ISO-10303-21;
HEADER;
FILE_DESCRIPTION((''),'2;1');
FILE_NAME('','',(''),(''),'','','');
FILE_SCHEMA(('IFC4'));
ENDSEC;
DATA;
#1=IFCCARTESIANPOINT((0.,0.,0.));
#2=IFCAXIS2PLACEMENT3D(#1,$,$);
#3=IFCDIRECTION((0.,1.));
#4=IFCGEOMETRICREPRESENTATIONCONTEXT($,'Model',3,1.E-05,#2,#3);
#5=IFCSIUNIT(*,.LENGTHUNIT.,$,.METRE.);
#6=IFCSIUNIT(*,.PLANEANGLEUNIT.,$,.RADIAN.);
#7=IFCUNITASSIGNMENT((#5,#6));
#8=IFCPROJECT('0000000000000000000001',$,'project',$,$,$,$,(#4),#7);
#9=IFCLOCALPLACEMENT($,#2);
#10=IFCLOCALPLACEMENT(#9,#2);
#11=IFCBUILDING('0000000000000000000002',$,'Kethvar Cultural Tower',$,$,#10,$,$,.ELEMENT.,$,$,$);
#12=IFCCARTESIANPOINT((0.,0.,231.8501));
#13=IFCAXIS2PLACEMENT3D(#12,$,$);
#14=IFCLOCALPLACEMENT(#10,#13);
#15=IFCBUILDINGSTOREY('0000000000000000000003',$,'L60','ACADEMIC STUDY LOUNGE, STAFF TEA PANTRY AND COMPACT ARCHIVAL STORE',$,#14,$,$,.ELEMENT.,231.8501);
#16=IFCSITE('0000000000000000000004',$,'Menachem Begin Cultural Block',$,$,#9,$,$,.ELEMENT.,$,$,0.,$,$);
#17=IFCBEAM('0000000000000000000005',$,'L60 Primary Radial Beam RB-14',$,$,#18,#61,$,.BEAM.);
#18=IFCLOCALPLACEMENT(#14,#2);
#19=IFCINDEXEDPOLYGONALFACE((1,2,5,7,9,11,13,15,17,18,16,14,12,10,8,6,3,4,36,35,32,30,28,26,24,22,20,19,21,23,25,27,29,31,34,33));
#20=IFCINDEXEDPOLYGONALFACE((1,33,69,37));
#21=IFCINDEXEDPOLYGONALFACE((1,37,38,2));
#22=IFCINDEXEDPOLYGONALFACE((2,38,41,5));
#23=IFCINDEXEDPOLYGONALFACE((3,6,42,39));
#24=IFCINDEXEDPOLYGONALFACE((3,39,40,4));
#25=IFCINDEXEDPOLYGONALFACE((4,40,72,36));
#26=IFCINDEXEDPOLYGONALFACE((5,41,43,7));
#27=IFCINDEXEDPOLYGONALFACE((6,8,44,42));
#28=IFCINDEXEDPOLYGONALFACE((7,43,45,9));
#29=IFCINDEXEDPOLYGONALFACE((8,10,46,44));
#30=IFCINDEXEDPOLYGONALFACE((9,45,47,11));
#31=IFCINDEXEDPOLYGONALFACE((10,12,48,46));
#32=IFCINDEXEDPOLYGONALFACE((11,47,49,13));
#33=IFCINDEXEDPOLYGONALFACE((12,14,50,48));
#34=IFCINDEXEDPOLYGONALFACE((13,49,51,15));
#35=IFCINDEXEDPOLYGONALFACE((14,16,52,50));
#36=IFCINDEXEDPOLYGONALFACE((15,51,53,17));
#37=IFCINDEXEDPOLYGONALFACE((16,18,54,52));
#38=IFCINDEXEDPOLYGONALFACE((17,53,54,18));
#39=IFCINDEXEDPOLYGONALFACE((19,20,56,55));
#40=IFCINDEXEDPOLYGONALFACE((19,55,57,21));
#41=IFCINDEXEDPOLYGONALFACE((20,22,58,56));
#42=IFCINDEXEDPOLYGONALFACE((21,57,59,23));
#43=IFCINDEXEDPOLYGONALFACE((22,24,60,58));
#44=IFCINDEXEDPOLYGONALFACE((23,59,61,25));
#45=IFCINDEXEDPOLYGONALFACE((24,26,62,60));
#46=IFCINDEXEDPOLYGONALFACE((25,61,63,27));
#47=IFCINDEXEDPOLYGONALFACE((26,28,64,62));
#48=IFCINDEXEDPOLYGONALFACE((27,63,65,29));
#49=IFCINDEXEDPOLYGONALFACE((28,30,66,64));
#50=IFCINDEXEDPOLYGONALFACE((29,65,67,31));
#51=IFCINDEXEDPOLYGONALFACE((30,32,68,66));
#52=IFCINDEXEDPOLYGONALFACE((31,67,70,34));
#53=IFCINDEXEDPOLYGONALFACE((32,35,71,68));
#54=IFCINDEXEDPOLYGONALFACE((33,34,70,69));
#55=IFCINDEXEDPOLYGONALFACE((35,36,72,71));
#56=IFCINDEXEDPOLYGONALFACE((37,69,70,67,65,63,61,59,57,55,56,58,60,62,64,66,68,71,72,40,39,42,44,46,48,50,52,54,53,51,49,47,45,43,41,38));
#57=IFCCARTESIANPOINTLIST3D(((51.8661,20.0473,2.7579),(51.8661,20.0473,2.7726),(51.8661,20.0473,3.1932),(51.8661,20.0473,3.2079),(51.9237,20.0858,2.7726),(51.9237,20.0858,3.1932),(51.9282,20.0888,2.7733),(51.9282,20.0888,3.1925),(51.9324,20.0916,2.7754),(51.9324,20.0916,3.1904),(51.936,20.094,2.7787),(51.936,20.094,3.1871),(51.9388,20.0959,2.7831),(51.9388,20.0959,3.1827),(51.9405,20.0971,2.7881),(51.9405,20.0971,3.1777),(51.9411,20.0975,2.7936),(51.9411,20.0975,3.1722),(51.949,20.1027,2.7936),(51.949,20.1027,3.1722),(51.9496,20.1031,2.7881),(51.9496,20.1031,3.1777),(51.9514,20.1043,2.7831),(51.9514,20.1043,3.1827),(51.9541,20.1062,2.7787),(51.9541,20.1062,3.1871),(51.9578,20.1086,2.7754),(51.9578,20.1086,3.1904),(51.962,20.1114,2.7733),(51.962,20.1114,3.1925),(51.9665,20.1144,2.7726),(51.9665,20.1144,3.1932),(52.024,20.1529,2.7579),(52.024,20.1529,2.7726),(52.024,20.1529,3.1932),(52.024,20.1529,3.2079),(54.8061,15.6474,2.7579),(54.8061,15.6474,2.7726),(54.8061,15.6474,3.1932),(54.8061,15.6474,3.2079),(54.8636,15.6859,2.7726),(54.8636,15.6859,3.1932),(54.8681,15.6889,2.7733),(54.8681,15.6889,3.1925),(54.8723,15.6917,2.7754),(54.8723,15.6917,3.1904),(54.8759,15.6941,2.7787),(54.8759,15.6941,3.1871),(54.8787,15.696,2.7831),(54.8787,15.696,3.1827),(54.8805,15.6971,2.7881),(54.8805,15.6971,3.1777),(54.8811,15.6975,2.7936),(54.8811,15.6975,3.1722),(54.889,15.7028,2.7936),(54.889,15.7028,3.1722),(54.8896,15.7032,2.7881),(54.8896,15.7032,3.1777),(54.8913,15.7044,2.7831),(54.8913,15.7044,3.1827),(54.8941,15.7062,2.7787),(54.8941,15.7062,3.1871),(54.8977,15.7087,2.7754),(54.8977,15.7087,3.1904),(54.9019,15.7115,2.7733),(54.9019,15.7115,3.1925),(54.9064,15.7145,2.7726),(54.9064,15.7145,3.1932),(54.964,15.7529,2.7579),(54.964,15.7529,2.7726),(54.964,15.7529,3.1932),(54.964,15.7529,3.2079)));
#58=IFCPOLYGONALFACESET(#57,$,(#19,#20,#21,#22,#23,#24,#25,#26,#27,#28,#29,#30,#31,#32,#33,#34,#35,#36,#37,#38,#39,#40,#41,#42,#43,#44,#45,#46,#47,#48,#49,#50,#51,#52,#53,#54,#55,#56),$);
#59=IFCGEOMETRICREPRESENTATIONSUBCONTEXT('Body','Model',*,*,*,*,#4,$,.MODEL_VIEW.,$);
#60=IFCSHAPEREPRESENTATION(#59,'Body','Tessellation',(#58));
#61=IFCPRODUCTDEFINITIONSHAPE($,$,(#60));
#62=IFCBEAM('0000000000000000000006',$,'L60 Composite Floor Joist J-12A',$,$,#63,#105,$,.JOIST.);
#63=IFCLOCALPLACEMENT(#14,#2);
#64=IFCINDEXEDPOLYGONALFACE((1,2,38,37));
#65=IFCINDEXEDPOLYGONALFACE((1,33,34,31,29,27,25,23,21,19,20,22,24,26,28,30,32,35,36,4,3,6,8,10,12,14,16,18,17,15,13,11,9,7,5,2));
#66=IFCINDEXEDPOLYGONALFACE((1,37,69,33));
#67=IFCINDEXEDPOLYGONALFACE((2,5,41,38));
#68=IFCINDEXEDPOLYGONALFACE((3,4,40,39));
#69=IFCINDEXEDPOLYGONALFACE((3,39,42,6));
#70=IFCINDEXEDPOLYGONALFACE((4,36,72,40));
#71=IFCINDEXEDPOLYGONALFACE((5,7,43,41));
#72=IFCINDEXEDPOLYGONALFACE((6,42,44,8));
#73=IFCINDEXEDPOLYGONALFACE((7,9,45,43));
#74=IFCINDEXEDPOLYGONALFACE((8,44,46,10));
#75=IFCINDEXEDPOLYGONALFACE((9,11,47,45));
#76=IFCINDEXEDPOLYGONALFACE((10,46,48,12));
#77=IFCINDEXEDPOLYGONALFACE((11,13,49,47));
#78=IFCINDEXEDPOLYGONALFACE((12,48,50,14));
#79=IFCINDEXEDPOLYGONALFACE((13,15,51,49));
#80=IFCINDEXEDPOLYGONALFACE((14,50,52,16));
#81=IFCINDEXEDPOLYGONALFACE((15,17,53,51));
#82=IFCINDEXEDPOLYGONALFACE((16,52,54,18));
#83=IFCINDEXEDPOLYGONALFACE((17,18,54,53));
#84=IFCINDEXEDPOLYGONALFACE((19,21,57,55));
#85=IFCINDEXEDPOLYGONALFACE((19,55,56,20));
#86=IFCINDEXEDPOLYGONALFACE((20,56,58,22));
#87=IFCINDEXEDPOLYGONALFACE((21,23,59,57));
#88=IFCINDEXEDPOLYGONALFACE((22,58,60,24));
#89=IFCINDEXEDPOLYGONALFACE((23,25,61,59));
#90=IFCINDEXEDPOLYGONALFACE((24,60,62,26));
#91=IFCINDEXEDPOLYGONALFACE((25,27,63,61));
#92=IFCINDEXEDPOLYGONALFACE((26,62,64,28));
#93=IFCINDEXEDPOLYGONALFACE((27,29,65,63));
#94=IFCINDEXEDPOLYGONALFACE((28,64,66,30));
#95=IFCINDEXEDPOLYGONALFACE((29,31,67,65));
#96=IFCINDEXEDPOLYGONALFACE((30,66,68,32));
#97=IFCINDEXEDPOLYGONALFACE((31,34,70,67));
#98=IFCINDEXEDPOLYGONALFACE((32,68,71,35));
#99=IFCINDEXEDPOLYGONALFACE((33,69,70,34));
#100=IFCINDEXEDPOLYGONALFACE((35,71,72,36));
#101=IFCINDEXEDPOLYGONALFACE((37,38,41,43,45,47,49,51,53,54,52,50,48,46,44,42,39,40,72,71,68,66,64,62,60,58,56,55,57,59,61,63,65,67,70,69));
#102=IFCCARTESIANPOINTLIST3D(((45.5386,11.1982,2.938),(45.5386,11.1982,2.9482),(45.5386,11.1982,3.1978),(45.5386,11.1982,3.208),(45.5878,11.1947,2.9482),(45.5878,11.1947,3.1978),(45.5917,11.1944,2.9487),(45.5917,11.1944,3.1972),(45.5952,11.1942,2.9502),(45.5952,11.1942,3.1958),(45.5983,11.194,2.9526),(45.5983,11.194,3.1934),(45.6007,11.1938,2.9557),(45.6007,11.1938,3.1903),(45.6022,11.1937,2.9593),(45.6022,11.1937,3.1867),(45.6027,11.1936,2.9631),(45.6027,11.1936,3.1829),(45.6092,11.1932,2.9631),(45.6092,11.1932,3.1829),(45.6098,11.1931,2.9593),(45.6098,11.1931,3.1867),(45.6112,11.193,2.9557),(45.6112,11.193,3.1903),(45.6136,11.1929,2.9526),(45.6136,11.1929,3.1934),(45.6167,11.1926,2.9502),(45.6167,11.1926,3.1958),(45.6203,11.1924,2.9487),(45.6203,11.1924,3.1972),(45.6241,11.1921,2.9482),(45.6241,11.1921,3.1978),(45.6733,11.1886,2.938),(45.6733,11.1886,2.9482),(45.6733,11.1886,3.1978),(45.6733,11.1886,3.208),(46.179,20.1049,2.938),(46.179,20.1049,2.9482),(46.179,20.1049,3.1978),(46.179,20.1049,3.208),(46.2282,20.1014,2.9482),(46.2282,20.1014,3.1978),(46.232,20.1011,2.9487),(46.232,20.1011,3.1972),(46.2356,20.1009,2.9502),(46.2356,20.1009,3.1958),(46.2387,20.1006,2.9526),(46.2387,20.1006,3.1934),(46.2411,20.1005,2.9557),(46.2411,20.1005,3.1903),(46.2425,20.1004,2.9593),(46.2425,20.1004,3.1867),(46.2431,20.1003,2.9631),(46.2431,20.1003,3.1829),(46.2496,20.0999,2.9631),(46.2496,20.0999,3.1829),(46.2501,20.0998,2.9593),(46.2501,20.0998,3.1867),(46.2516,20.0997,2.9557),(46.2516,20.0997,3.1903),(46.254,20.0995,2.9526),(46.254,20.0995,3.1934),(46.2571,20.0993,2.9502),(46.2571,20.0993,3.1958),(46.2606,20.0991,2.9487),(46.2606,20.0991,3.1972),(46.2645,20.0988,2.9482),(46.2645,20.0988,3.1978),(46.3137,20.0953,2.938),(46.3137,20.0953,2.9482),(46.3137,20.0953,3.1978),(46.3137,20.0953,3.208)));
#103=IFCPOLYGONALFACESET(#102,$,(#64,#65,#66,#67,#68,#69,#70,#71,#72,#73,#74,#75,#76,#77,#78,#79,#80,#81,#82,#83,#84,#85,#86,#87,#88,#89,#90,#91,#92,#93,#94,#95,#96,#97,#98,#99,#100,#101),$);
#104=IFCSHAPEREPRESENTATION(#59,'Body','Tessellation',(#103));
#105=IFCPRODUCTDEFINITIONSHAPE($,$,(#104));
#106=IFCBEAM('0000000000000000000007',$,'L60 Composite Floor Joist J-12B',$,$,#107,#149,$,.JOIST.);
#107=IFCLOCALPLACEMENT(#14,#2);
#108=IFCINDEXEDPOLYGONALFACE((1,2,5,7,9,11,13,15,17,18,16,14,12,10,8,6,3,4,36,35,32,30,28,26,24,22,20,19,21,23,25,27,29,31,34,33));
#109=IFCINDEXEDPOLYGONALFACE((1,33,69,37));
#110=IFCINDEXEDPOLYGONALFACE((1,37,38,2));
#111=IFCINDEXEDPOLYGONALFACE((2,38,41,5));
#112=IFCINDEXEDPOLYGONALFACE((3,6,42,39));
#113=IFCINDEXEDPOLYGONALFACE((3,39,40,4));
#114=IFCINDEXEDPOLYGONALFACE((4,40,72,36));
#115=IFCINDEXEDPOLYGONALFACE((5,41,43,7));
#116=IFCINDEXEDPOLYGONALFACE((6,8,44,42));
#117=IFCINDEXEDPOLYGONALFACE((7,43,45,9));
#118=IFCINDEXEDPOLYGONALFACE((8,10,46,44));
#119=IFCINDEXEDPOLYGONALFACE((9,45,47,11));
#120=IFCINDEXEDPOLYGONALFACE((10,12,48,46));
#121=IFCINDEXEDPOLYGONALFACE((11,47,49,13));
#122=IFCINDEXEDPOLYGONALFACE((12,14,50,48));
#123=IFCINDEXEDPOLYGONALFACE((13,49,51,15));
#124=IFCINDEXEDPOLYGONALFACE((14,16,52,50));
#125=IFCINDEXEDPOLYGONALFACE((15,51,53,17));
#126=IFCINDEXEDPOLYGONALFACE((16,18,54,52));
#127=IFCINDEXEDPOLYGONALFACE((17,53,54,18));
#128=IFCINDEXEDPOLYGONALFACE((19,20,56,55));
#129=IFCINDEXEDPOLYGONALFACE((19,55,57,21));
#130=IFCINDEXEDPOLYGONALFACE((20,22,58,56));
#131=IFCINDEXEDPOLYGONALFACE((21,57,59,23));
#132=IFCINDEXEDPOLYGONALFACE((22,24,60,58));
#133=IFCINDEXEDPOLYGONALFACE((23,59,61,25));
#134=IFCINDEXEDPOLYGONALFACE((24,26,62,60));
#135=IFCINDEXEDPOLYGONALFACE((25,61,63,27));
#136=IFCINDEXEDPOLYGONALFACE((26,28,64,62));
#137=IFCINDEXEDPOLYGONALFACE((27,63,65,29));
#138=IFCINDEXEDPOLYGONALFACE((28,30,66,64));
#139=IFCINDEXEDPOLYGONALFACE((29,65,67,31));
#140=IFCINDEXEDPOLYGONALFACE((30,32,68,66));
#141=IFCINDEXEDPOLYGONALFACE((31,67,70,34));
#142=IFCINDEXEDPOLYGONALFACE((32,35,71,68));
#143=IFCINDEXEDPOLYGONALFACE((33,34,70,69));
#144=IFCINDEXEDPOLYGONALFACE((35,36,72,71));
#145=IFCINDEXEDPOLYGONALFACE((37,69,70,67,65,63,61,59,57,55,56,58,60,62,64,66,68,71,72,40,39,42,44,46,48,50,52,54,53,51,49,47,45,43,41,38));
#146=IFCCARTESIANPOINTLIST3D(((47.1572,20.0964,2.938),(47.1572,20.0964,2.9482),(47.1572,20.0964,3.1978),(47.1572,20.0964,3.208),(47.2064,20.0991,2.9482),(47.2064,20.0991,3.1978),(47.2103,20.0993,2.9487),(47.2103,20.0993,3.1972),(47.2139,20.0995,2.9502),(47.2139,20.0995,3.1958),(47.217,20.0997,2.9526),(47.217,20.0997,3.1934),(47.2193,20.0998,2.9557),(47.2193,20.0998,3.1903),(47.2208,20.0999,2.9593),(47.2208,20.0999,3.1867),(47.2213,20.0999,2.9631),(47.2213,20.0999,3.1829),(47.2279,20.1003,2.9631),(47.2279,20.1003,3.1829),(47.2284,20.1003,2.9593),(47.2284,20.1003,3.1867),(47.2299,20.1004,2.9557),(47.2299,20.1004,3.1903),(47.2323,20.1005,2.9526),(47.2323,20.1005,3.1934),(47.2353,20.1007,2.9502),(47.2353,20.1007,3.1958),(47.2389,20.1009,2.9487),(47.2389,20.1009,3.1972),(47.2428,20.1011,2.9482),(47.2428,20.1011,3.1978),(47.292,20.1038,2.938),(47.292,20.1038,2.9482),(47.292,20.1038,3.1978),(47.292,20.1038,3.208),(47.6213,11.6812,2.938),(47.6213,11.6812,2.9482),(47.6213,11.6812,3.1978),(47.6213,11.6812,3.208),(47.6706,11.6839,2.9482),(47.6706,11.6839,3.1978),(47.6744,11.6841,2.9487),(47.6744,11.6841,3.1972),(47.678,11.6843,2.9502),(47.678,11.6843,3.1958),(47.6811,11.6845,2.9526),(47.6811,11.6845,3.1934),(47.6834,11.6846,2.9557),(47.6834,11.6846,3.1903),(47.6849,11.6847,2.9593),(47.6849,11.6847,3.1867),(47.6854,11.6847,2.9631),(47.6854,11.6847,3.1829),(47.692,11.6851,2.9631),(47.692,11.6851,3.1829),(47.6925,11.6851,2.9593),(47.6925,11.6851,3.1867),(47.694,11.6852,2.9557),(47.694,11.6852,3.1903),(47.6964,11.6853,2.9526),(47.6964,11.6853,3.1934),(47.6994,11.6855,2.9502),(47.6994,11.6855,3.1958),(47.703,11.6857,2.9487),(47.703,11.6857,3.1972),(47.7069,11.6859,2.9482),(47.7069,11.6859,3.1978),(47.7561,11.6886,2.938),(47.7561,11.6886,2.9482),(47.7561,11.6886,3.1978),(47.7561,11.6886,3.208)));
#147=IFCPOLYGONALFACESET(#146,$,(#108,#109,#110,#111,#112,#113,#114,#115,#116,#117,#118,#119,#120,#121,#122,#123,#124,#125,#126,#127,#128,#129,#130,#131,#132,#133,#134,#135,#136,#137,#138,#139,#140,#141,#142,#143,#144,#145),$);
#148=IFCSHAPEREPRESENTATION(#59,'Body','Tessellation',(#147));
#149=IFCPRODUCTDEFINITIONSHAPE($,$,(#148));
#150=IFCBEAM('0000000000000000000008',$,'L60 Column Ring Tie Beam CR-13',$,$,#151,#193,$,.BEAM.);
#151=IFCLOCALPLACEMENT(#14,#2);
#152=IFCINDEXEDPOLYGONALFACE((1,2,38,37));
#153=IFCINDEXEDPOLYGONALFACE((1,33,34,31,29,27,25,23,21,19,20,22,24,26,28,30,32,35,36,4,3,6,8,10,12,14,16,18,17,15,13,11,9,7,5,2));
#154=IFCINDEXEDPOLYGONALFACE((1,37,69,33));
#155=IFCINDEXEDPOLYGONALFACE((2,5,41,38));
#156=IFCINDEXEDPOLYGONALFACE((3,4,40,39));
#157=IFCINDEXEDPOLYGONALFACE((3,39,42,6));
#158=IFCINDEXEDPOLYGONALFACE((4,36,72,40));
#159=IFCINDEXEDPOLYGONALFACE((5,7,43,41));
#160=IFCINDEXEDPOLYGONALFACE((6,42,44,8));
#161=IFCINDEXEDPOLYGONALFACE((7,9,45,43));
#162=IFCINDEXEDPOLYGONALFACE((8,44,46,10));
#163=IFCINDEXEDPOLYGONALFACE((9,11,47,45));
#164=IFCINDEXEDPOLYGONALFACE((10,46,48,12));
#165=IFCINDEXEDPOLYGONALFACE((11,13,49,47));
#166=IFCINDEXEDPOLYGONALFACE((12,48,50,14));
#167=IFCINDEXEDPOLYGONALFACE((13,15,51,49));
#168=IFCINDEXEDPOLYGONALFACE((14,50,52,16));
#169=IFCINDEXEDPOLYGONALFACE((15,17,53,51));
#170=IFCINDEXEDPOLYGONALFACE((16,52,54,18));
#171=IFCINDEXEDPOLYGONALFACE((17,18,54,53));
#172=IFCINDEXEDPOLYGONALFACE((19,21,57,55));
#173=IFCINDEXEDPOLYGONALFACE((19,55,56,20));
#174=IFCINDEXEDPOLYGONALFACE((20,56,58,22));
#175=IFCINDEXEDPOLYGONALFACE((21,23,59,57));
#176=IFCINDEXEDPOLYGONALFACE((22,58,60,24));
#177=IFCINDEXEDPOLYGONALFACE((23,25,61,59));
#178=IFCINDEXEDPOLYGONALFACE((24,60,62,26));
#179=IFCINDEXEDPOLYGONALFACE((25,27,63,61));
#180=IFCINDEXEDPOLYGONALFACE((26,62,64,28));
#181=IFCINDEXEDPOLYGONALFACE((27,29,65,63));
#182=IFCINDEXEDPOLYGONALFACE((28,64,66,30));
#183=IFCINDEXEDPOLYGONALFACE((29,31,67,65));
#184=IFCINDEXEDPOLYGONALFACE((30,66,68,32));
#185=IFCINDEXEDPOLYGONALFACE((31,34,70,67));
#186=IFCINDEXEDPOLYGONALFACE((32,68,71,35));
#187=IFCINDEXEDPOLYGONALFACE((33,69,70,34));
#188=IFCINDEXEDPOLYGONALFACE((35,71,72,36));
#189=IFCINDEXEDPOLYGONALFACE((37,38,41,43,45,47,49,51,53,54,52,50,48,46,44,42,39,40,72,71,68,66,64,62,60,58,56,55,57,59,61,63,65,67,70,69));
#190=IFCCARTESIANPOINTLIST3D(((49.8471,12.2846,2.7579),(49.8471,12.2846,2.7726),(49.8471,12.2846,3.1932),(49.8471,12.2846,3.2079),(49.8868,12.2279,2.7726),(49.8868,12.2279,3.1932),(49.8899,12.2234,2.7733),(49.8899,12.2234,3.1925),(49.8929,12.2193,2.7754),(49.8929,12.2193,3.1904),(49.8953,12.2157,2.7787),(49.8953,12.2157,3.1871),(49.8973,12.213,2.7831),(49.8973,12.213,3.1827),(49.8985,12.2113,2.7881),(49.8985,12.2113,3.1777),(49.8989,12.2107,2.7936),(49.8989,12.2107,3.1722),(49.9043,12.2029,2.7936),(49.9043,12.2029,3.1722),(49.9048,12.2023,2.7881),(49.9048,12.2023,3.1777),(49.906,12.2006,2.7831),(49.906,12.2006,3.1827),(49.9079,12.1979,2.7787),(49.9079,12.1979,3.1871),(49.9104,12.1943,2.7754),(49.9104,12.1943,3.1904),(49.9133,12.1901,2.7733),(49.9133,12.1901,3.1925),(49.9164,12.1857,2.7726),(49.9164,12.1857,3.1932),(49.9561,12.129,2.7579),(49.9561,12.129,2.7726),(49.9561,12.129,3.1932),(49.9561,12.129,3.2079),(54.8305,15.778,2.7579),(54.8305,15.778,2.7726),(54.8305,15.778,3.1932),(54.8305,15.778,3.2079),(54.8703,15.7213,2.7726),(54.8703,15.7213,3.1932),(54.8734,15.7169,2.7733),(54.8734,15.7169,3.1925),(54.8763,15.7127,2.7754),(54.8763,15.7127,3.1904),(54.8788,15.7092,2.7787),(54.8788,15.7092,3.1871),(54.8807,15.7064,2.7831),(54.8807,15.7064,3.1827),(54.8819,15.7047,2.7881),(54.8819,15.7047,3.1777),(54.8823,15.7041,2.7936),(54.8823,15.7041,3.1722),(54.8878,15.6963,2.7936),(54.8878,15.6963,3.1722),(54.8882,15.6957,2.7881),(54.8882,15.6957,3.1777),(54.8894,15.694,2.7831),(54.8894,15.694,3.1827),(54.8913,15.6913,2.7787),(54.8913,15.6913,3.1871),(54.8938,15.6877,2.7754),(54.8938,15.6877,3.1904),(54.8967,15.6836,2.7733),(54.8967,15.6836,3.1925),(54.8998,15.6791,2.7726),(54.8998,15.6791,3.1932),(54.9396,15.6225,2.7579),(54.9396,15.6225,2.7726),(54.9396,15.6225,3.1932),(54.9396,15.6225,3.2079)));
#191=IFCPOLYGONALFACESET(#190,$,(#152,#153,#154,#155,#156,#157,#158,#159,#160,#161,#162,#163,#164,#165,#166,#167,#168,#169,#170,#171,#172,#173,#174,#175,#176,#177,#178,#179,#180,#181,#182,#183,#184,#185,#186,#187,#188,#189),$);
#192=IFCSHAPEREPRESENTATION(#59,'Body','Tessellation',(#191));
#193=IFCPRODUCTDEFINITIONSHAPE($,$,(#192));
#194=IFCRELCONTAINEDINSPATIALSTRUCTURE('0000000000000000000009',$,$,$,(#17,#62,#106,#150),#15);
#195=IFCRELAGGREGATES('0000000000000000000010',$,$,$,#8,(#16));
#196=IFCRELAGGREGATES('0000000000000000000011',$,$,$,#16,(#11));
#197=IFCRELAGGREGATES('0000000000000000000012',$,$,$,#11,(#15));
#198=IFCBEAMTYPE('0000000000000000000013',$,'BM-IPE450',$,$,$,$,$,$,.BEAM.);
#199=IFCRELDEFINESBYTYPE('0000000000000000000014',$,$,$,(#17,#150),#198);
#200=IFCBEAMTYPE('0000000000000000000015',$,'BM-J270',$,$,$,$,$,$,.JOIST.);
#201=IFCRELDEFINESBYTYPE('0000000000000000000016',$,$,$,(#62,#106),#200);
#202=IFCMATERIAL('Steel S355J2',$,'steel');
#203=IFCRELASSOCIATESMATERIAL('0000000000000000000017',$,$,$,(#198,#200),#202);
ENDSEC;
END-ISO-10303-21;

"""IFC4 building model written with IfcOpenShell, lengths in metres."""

from ifc_helpers import new_model, si_unit, direction, frame, origin, origin_2d, place, context, subcontext, project, spatial, i_section, extrude, source, transform, mapped, material, material_profile, profile_set, type_object, element, save


model = new_model("IFC4")

# Units and contexts
model_context = context("Model", 3, precision=1e-05, world=origin(), true_north=direction((0.0, 1.0)))
body_context = subcontext(model_context, "Body", "Model", "MODEL_VIEW")
ifc_project = project(units=[si_unit("LENGTHUNIT", "METRE"), si_unit("PLANEANGLEUNIT", "RADIAN")], contexts=[model_context])

# Site, building, storey
site_placement = place(None, origin())
site = spatial("IfcSite", under=ifc_project, at=site_placement, Name="Menachem Begin Cultural Block", CompositionType="ELEMENT", RefElevation=0.0)
building_placement = place(site_placement, origin())
building = spatial("IfcBuilding", under=site, at=building_placement, Name="Kethvar Cultural Tower", CompositionType="ELEMENT")
storey_placement = place(building_placement, frame((0.0, 0.0, 231.8501)))
storey = spatial("IfcBuildingStorey", under=building, at=storey_placement, Name="L60", Description="ACADEMIC STUDY LOUNGE, STAFF TEA PANTRY AND COMPACT ARCHIVAL STORE", CompositionType="ELEMENT", Elevation=231.8501)

# Beams
ifc_material_1 = material(Name="Steel S355J2", Category="steel")
ifc_material_profile_1 = material_profile(ifc_material_1, i_section(OverallWidth=0.1899, OverallDepth=0.45, WebThickness=0.0095, FlangeThickness=0.0146, FilletRadius=0.021, at=origin_2d()), Name="Steel S355J2 — IPE450")
ifc_profile_set_1 = profile_set([ifc_material_profile_1], Name="Steel S355J2 — IPE450")
beam_type_1 = type_object("IfcBeamType", Name="BM-IPE450", PredefinedType="BEAM", material=ifc_profile_set_1)
shared_shape_1 = source(origin(), body_context, "Body", "SweptSolid", [
    extrude(i_section(OverallWidth=0.1899, OverallDepth=0.45, WebThickness=0.0095, FlangeThickness=0.0146, FilletRadius=0.021, at=origin_2d()), origin(), (0.0, 0.0, 1.0), 5.2917),
])
beam_1_placement = place(storey_placement, frame((51.9451, 20.1001, 2.9829), z_axis=(0.555573, -0.831468, 0.0), x_axis=(0.831468, 0.555573, 0.0)))
element("IfcBeam", 1, at=beam_1_placement, inside=storey, type_object=beam_type_1, Name="L60 Primary Radial Beam RB-14", PredefinedType="BEAM", context=body_context, shape_type="MappedRepresentation", body=[
    mapped(shared_shape_1, transform((0.0, 0.0, 0.0), scale=1.0)),
])
ifc_material_profile_2 = material_profile(ifc_material_1, i_section(OverallWidth=0.135, OverallDepth=0.27, WebThickness=0.0066, FlangeThickness=0.0103, FilletRadius=0.0149, at=origin_2d()), Name="Steel S355J2 — IPE270")
ifc_profile_set_2 = profile_set([ifc_material_profile_2], Name="Steel S355J2 — IPE270")
beam_type_2 = type_object("IfcBeamType", Name="BM-J270", PredefinedType="JOIST", material=ifc_profile_set_2)
shared_shape_2 = source(origin(), body_context, "Body", "SweptSolid", [
    extrude(i_section(OverallWidth=0.135, OverallDepth=0.27, WebThickness=0.0066, FlangeThickness=0.0103, FilletRadius=0.0149, at=origin_2d()), origin(), (0.0, 0.0, 1.0), 8.9297),
])
beam_2_placement = place(storey_placement, frame((46.2463, 20.1001, 3.073), z_axis=(-0.071713, -0.997425, 0.0), x_axis=(0.997425, -0.071713, 0.0)))
element("IfcBeam", 2, at=beam_2_placement, inside=storey, type_object=beam_type_2, Name="L60 Composite Floor Joist J-12A", PredefinedType="JOIST", context=body_context, shape_type="MappedRepresentation", body=[
    mapped(shared_shape_2, transform((0.0, 0.0, 0.0), scale=1.0)),
])
shared_shape_3 = source(origin(), body_context, "Body", "SweptSolid", [
    extrude(i_section(OverallWidth=0.135, OverallDepth=0.27, WebThickness=0.0066, FlangeThickness=0.0103, FilletRadius=0.0149, at=origin_2d()), origin(), (0.0, 0.0, 1.0), 8.428),
])
beam_3_placement = place(storey_placement, frame((47.2246, 20.1001, 3.073), z_axis=(0.055067, -0.998483, 0.0), x_axis=(0.998483, 0.055067, 0.0)))
element("IfcBeam", 3, at=beam_3_placement, inside=storey, type_object=beam_type_2, Name="L60 Composite Floor Joist J-12B", PredefinedType="JOIST", context=body_context, shape_type="MappedRepresentation", body=[
    mapped(shared_shape_3, transform((0.0, 0.0, 0.0), scale=1.0)),
])
shared_shape_4 = source(origin(), body_context, "Body", "SweptSolid", [
    extrude(i_section(OverallWidth=0.1899, OverallDepth=0.45, WebThickness=0.0095, FlangeThickness=0.0146, FilletRadius=0.021, at=origin_2d()), origin(), (0.0, 0.0, 1.0), 6.0859),
])
beam_4_placement = place(storey_placement, frame((49.9016, 12.2068, 2.9829), z_axis=(0.818843, 0.574017, 0.0), x_axis=(-0.574017, 0.818843, 0.0)))
element("IfcBeam", 4, at=beam_4_placement, inside=storey, type_object=beam_type_1, Name="L60 Column Ring Tie Beam CR-13", PredefinedType="BEAM", context=body_context, shape_type="MappedRepresentation", body=[
    mapped(shared_shape_4, transform((0.0, 0.0, 0.0), scale=1.0)),
])

save(model, "model.ifc")
